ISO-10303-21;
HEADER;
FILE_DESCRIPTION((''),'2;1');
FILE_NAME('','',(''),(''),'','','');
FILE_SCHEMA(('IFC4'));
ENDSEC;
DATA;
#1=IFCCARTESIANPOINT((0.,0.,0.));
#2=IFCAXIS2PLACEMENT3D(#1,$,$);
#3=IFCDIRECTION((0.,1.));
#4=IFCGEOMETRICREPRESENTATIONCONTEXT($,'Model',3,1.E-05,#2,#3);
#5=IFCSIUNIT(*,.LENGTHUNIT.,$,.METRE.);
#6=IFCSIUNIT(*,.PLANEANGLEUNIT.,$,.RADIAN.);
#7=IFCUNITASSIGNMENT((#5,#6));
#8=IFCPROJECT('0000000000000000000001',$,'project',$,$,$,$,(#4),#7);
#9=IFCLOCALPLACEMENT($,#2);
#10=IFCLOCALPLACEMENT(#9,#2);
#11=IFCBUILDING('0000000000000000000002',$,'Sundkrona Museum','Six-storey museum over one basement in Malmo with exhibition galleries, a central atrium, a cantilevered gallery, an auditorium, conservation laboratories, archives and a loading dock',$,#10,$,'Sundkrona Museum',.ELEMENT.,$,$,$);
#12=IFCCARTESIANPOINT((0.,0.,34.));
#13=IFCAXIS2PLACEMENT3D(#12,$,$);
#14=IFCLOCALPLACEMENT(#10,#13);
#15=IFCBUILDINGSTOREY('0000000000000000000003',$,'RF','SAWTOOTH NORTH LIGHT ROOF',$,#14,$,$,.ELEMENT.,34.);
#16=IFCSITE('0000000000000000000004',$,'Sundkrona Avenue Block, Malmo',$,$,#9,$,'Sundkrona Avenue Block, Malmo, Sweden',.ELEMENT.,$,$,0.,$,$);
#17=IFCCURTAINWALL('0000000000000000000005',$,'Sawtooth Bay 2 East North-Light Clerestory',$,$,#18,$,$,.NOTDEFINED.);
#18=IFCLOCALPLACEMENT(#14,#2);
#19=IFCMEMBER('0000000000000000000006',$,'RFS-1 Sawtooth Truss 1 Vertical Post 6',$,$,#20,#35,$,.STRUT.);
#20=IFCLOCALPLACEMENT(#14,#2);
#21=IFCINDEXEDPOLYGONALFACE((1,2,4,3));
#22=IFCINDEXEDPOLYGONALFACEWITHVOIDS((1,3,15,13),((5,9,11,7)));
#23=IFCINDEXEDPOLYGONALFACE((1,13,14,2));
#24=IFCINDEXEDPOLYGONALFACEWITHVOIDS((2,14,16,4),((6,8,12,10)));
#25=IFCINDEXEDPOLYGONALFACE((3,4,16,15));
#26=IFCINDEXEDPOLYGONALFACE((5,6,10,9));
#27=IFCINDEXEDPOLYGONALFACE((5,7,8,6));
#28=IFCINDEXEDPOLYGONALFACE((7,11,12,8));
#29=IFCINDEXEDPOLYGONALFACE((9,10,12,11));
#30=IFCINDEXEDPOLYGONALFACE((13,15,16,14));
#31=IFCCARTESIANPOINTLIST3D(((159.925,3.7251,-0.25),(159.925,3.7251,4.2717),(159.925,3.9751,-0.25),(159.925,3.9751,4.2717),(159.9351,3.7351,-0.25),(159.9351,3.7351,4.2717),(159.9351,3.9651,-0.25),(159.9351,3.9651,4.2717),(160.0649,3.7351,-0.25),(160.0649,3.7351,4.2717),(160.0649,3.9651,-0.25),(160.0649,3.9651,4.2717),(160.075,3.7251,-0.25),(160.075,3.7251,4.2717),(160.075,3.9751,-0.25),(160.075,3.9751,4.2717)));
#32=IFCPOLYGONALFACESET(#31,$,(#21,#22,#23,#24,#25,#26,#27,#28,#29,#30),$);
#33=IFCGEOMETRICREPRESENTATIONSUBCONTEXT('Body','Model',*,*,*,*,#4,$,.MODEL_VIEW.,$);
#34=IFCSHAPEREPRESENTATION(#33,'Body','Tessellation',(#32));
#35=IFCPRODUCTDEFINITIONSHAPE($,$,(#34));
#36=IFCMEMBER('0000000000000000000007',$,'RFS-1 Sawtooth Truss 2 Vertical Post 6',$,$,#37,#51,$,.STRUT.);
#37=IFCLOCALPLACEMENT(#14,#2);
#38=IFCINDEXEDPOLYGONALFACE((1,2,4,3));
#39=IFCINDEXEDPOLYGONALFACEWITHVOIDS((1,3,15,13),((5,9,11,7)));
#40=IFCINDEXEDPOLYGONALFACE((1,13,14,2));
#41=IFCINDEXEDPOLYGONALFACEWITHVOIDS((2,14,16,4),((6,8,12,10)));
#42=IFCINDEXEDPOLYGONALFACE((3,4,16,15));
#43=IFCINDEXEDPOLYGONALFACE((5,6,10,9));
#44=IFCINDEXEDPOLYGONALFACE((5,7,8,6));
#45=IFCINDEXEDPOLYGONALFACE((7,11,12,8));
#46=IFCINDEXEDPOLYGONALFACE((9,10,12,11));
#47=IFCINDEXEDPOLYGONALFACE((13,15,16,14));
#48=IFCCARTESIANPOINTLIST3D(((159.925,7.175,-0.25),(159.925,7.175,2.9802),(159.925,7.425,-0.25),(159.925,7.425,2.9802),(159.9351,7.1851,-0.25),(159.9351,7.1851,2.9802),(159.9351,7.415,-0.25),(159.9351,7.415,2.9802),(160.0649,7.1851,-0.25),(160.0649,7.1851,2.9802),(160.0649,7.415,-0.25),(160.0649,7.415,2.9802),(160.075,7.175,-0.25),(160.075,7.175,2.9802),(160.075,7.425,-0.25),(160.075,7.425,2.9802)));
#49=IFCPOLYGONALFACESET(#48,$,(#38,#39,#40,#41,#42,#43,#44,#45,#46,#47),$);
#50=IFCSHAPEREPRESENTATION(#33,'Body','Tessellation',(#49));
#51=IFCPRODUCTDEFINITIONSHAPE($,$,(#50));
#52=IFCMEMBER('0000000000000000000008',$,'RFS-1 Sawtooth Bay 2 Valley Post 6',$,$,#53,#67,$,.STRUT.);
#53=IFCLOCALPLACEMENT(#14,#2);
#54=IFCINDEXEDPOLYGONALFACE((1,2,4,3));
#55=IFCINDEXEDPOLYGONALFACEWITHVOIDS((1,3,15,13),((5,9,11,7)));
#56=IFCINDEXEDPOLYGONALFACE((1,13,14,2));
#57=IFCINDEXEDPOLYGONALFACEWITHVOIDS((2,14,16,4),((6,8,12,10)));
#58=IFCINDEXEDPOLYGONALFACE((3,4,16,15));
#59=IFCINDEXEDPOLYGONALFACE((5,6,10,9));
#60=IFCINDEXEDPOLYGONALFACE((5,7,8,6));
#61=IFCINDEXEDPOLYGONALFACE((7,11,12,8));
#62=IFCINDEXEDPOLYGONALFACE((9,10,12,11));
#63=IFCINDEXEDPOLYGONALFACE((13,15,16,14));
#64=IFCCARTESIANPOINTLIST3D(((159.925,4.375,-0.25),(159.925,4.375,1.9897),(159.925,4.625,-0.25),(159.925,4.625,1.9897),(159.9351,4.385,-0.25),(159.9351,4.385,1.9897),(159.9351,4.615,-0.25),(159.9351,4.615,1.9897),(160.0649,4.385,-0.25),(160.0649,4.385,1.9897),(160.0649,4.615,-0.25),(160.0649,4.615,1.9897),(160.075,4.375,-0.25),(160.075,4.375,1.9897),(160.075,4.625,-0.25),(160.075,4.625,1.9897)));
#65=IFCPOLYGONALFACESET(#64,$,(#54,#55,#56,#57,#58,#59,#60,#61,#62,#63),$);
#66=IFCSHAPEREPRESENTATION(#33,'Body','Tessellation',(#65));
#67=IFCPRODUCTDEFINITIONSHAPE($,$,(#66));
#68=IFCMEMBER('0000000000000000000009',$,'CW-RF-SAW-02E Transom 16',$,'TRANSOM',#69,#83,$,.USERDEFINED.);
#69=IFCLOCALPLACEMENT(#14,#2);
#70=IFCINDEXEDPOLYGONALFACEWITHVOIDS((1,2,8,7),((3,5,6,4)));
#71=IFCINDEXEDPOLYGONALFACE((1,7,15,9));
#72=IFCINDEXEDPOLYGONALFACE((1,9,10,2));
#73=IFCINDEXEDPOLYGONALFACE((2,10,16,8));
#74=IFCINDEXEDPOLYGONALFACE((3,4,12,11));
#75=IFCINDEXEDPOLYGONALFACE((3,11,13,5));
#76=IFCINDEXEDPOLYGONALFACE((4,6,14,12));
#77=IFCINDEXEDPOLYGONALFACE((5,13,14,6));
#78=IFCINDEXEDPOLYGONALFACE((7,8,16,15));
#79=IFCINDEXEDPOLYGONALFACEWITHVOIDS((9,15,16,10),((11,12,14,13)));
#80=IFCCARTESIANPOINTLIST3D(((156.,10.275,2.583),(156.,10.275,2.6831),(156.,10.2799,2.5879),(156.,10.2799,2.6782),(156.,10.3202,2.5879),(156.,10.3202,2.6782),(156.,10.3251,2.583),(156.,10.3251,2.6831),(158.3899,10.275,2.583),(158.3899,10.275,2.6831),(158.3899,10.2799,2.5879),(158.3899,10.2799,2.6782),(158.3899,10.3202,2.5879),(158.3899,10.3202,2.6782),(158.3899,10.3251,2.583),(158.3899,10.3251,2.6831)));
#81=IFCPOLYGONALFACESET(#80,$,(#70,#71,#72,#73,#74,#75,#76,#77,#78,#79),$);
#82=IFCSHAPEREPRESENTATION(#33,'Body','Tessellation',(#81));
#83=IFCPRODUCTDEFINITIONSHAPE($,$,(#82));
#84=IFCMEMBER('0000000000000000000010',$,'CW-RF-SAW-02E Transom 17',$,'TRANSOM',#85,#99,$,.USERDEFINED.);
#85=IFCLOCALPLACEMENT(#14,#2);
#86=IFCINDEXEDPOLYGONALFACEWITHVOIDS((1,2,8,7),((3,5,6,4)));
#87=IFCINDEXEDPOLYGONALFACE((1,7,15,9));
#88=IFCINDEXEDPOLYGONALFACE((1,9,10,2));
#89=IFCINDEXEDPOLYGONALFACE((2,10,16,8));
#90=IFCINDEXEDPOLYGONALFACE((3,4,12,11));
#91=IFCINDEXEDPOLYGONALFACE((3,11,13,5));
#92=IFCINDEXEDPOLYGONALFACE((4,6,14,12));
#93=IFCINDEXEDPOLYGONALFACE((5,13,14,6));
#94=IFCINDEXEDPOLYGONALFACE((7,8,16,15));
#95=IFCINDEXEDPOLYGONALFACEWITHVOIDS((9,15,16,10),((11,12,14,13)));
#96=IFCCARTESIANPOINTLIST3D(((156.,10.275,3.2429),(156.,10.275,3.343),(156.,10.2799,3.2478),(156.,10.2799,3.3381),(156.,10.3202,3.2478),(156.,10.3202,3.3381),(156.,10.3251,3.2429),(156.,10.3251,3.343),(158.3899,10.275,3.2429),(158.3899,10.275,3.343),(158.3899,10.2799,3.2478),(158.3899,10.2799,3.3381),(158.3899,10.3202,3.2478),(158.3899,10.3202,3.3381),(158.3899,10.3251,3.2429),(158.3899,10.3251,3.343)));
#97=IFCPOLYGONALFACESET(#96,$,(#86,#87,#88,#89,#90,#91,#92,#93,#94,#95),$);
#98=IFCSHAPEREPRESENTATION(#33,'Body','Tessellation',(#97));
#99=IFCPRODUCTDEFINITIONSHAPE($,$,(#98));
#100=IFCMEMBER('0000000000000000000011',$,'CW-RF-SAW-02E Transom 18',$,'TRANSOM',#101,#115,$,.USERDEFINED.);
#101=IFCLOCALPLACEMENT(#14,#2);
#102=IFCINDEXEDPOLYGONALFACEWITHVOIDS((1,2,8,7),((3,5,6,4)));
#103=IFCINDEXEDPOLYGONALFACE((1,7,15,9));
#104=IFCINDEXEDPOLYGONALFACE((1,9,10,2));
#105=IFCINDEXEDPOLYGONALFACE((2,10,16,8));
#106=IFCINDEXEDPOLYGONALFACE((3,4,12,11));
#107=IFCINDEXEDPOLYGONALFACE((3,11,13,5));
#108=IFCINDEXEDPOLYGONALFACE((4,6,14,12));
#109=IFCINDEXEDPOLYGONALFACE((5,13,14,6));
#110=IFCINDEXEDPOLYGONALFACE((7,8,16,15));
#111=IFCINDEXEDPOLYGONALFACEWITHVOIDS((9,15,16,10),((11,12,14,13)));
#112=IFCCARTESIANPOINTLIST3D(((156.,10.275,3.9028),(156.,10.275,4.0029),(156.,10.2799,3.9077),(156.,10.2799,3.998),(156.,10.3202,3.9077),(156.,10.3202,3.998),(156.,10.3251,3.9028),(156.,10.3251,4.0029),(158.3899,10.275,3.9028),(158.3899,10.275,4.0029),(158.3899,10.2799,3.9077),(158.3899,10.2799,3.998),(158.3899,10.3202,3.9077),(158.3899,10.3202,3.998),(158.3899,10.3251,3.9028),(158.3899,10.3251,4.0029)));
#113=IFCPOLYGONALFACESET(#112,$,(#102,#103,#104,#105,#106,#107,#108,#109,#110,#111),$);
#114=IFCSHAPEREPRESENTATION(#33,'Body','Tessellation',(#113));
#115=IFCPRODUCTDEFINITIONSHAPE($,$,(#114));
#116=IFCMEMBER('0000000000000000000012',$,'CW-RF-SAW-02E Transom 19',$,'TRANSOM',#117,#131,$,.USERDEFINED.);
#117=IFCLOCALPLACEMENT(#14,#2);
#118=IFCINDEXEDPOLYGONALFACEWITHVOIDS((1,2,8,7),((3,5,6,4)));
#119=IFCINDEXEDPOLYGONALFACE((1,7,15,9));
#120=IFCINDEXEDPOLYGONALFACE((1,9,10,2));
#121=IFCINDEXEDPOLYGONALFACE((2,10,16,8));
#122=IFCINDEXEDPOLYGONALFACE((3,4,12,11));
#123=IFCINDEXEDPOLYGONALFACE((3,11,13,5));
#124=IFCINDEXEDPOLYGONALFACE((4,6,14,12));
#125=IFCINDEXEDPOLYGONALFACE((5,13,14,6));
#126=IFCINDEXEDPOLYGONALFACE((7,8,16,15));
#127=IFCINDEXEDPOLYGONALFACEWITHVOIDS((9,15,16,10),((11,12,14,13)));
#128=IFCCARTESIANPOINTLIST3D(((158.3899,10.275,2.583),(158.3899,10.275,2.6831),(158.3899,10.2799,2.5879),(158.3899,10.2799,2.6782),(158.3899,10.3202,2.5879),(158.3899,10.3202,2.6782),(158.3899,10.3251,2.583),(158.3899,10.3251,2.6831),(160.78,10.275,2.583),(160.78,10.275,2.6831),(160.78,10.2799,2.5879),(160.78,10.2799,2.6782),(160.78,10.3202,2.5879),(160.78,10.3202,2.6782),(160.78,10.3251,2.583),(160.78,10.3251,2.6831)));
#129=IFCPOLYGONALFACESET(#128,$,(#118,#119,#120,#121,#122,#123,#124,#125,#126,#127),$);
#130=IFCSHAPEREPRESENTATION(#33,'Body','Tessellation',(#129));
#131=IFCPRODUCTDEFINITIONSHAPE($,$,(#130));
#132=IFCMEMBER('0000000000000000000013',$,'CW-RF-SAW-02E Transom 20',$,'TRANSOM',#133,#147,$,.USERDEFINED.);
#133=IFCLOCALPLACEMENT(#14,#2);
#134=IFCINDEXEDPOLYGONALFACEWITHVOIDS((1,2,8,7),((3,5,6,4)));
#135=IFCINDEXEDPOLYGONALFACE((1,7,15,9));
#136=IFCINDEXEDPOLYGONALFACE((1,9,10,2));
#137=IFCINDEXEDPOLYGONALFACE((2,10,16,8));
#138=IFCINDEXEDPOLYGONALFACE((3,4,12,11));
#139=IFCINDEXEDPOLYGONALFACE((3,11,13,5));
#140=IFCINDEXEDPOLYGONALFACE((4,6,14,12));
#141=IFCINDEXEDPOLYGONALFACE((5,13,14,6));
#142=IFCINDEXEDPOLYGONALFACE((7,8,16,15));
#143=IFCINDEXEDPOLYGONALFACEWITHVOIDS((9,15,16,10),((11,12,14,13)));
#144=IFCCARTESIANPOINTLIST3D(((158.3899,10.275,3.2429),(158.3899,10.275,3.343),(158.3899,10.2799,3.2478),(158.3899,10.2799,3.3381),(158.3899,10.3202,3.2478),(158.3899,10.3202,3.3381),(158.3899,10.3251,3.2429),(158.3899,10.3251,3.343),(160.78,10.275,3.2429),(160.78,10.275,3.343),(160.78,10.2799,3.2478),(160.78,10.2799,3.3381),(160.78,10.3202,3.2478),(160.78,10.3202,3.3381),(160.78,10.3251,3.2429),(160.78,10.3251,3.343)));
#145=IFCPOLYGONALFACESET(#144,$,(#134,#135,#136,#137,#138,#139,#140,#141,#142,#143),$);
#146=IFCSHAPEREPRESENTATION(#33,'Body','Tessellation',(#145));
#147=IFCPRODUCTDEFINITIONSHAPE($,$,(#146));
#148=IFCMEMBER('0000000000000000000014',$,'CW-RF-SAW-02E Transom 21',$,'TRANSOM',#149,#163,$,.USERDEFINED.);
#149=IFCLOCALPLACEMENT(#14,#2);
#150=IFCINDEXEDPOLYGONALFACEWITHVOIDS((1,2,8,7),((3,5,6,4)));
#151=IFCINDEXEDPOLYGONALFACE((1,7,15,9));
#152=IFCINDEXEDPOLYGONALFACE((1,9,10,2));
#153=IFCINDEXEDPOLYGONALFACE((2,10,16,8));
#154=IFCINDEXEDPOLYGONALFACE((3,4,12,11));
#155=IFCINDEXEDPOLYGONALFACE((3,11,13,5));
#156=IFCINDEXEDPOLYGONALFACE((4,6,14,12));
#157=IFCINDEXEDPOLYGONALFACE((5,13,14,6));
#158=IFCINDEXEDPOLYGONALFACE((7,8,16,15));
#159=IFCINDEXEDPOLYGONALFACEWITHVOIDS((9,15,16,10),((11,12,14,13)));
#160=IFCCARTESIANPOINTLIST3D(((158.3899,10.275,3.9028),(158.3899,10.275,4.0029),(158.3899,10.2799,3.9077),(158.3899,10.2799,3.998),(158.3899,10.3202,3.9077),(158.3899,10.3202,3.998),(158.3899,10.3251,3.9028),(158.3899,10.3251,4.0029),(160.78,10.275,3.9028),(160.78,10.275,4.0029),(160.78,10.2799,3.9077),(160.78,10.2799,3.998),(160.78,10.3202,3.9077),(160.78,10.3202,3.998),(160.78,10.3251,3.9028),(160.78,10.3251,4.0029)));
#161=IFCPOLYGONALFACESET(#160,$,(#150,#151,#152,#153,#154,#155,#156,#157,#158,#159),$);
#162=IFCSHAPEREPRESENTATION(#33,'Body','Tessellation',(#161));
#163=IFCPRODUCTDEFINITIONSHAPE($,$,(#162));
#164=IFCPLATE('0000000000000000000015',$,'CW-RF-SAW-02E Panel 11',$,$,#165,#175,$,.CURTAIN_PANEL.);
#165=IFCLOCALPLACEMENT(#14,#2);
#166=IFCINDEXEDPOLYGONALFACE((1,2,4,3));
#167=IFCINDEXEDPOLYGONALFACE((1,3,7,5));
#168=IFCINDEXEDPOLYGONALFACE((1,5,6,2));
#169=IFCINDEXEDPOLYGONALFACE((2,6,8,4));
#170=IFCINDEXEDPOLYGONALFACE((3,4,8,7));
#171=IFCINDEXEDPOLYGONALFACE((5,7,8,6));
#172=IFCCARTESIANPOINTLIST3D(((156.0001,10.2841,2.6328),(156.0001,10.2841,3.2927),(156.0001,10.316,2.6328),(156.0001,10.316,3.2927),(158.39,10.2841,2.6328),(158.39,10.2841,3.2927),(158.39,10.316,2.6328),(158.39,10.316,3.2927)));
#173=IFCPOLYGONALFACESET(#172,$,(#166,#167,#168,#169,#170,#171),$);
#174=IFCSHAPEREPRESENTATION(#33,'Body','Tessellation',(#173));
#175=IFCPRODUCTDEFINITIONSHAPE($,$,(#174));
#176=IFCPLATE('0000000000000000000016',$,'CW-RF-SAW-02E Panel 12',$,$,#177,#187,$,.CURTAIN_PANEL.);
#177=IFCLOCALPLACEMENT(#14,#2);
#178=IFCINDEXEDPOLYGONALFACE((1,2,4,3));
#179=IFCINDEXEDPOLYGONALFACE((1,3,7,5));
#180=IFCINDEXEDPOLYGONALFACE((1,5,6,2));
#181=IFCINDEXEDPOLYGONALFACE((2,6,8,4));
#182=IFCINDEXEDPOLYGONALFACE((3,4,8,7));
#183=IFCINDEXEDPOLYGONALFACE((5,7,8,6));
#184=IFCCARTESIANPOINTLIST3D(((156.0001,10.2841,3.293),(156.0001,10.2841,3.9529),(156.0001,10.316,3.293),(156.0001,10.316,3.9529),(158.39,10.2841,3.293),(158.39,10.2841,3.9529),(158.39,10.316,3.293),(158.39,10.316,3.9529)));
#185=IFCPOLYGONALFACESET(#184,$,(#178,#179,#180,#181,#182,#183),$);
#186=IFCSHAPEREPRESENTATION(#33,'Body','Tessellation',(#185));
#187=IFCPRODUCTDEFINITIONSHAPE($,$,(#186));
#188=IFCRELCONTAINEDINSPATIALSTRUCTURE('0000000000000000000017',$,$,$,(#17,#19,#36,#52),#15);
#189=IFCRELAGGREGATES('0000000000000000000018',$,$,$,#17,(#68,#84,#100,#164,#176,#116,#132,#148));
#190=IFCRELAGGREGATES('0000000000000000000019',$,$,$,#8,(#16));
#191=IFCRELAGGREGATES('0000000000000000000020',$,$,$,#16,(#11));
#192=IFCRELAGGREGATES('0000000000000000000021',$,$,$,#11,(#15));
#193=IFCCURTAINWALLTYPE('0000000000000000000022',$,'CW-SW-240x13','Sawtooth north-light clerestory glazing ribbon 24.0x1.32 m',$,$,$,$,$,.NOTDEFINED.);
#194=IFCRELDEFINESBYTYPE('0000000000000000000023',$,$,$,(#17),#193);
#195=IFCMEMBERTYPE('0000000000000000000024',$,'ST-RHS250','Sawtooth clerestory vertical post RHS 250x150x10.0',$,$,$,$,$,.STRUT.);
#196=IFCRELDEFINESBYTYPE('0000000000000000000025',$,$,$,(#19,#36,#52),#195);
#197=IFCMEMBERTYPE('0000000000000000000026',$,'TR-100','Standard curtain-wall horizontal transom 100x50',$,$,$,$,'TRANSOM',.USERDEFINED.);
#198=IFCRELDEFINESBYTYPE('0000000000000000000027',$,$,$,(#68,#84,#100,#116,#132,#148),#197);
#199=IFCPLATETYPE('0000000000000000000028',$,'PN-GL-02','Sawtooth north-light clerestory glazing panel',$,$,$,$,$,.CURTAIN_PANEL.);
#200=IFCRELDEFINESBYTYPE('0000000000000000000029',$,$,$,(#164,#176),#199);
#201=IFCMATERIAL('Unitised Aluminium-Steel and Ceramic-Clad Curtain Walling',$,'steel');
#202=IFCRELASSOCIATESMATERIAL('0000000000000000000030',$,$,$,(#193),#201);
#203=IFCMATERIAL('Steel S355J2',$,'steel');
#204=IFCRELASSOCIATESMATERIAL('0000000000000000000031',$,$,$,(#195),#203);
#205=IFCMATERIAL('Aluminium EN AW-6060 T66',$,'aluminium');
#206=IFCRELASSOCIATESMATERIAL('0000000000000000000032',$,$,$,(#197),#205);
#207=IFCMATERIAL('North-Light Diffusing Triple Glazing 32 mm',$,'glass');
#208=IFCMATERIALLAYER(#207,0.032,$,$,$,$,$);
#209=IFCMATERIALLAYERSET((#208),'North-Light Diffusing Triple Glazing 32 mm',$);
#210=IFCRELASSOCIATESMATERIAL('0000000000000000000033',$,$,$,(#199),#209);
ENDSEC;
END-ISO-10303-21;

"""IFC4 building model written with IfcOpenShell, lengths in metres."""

from ifc_helpers import new_model, si_unit, direction, frame, origin, origin_2d, place, context, subcontext, project, spatial, rectangle, hollow_rectangle, extrude, material, layer, layer_set, material_profile, profile_set, type_object, element, aggregate, save


model = new_model("IFC4")

# Units and contexts
model_context = context("Model", 3, precision=1e-05, world=origin(), true_north=direction((0.0, 1.0)))
body_context = subcontext(model_context, "Body", "Model", "MODEL_VIEW")
ifc_project = project(units=[si_unit("LENGTHUNIT", "METRE"), si_unit("PLANEANGLEUNIT", "RADIAN")], contexts=[model_context])

# Site, building, storey
site_placement = place(None, origin())
site = spatial("IfcSite", under=ifc_project, at=site_placement, Name="Sundkrona Avenue Block, Malmo", LongName="Sundkrona Avenue Block, Malmo, Sweden", CompositionType="ELEMENT", RefElevation=0.0)
building_placement = place(site_placement, origin())
building = spatial("IfcBuilding", under=site, at=building_placement, Name="Sundkrona Museum", Description="Six-storey museum over one basement in Malmo with exhibition galleries, a central atrium, a cantilevered gallery, an auditorium, conservation laboratories, archives and a loading dock", LongName="Sundkrona Museum", CompositionType="ELEMENT")
storey_placement = place(building_placement, frame((0.0, 0.0, 34.0)))
storey = spatial("IfcBuildingStorey", under=building, at=storey_placement, Name="RF", Description="SAWTOOTH NORTH LIGHT ROOF", CompositionType="ELEMENT", Elevation=34.0)

# Curtain wall
ifc_material_1 = material(Name="Unitised Aluminium-Steel and Ceramic-Clad Curtain Walling", Category="steel")
curtain_wall_type = type_object("IfcCurtainWallType", Name="CW-SW-240x13", Description="Sawtooth north-light clerestory glazing ribbon 24.0x1.32 m", PredefinedType="NOTDEFINED", material=ifc_material_1)
curtain_wall_placement = place(storey_placement, origin())
curtain_wall = element("IfcCurtainWall", 1, at=curtain_wall_placement, inside=storey, type_object=curtain_wall_type, Name="Sawtooth Bay 2 East North-Light Clerestory", PredefinedType="NOTDEFINED")
ifc_material_2 = material(Name="Aluminium EN AW-6060 T66", Category="aluminium")

# Members
ifc_material_3 = material(Name="Steel S355J2", Category="steel")
ifc_material_profile_1 = material_profile(ifc_material_3, hollow_rectangle(XDim=0.1499, YDim=0.25, WallThickness=0.01, at=origin_2d()), Name="RHS 250x150x10.0")
ifc_profile_set_1 = profile_set([ifc_material_profile_1], Name="Steel S355J2")
member_type_1 = type_object("IfcMemberType", Name="ST-RHS250", Description="Sawtooth clerestory vertical post RHS 250x150x10.0", PredefinedType="STRUT", material=ifc_profile_set_1)
member_1_placement = place(storey_placement, frame((160.0, 3.8501, -0.25), z_axis=(0.0, 0.0, 1.0), x_axis=(1.0, 0.0, 0.0)))
element("IfcMember", 2, at=member_1_placement, inside=storey, type_object=member_type_1, Name="RFS-1 Sawtooth Truss 1 Vertical Post 6", PredefinedType="STRUT", context=body_context, shape_type="SweptSolid", body=[
    extrude(hollow_rectangle(XDim=0.1499, YDim=0.25, WallThickness=0.01, at=origin_2d()), origin(), (0.0, 0.0, 1.0), 4.5217),
])
member_2_placement = place(storey_placement, frame((160.0, 7.3, -0.25), z_axis=(0.0, 0.0, 1.0), x_axis=(1.0, 0.0, 0.0)))
element("IfcMember", 3, at=member_2_placement, inside=storey, type_object=member_type_1, Name="RFS-1 Sawtooth Truss 2 Vertical Post 6", PredefinedType="STRUT", context=body_context, shape_type="SweptSolid", body=[
    extrude(hollow_rectangle(XDim=0.1499, YDim=0.25, WallThickness=0.01, at=origin_2d()), origin(), (0.0, 0.0, 1.0), 3.2302),
])
member_3_placement = place(storey_placement, frame((160.0, 4.5, -0.25), z_axis=(0.0, 0.0, 1.0), x_axis=(1.0, 0.0, 0.0)))
element("IfcMember", 4, at=member_3_placement, inside=storey, type_object=member_type_1, Name="RFS-1 Sawtooth Bay 2 Valley Post 6", PredefinedType="STRUT", context=body_context, shape_type="SweptSolid", body=[
    extrude(hollow_rectangle(XDim=0.1499, YDim=0.25, WallThickness=0.01, at=origin_2d()), origin(), (0.0, 0.0, 1.0), 2.2397),
])

# Members
ifc_material_profile_2 = material_profile(ifc_material_2, hollow_rectangle(XDim=0.05, YDim=0.1001, WallThickness=0.0049, at=origin_2d()), Name="RHS 100x50x5.0")
ifc_profile_set_2 = profile_set([ifc_material_profile_2], Name="Aluminium EN AW-6060 T66")
member_type_2 = type_object("IfcMemberType", Name="TR-100", Description="Standard curtain-wall horizontal transom 100x50", ElementType="TRANSOM", PredefinedType="USERDEFINED", material=ifc_profile_set_2)
member_4_placement = place(storey_placement, frame((156.0, 10.3, 2.6331), z_axis=(1.0, 0.0, 0.0), x_axis=(0.0, 1.0, 0.0)))
member_4 = element("IfcMember", 5, at=member_4_placement, type_object=member_type_2, Name="CW-RF-SAW-02E Transom 16", ObjectType="TRANSOM", PredefinedType="USERDEFINED", context=body_context, shape_type="SweptSolid", body=[
    extrude(hollow_rectangle(XDim=0.05, YDim=0.1001, WallThickness=0.0049, at=origin_2d()), origin(), (0.0, 0.0, 1.0), 2.3899),
])
member_5_placement = place(storey_placement, frame((156.0, 10.3, 3.293), z_axis=(1.0, 0.0, 0.0), x_axis=(0.0, 1.0, 0.0)))
member_5 = element("IfcMember", 6, at=member_5_placement, type_object=member_type_2, Name="CW-RF-SAW-02E Transom 17", ObjectType="TRANSOM", PredefinedType="USERDEFINED", context=body_context, shape_type="SweptSolid", body=[
    extrude(hollow_rectangle(XDim=0.05, YDim=0.1001, WallThickness=0.0049, at=origin_2d()), origin(), (0.0, 0.0, 1.0), 2.3899),
])
member_6_placement = place(storey_placement, frame((156.0, 10.3, 3.9529), z_axis=(1.0, 0.0, 0.0), x_axis=(0.0, 1.0, 0.0)))
member_6 = element("IfcMember", 7, at=member_6_placement, type_object=member_type_2, Name="CW-RF-SAW-02E Transom 18", ObjectType="TRANSOM", PredefinedType="USERDEFINED", context=body_context, shape_type="SweptSolid", body=[
    extrude(hollow_rectangle(XDim=0.05, YDim=0.1001, WallThickness=0.0049, at=origin_2d()), origin(), (0.0, 0.0, 1.0), 2.3899),
])
member_7_placement = place(storey_placement, frame((158.3899, 10.3, 2.6331), z_axis=(1.0, 0.0, 0.0), x_axis=(0.0, 1.0, 0.0)))
member_7 = element("IfcMember", 8, at=member_7_placement, type_object=member_type_2, Name="CW-RF-SAW-02E Transom 19", ObjectType="TRANSOM", PredefinedType="USERDEFINED", context=body_context, shape_type="SweptSolid", body=[
    extrude(hollow_rectangle(XDim=0.05, YDim=0.1001, WallThickness=0.0049, at=origin_2d()), origin(), (0.0, 0.0, 1.0), 2.3901),
])
member_8_placement = place(storey_placement, frame((158.3899, 10.3, 3.293), z_axis=(1.0, 0.0, 0.0), x_axis=(0.0, 1.0, 0.0)))
member_8 = element("IfcMember", 9, at=member_8_placement, type_object=member_type_2, Name="CW-RF-SAW-02E Transom 20", ObjectType="TRANSOM", PredefinedType="USERDEFINED", context=body_context, shape_type="SweptSolid", body=[
    extrude(hollow_rectangle(XDim=0.05, YDim=0.1001, WallThickness=0.0049, at=origin_2d()), origin(), (0.0, 0.0, 1.0), 2.3901),
])
member_9_placement = place(storey_placement, frame((158.3899, 10.3, 3.9529), z_axis=(1.0, 0.0, 0.0), x_axis=(0.0, 1.0, 0.0)))
member_9 = element("IfcMember", 10, at=member_9_placement, type_object=member_type_2, Name="CW-RF-SAW-02E Transom 21", ObjectType="TRANSOM", PredefinedType="USERDEFINED", context=body_context, shape_type="SweptSolid", body=[
    extrude(hollow_rectangle(XDim=0.05, YDim=0.1001, WallThickness=0.0049, at=origin_2d()), origin(), (0.0, 0.0, 1.0), 2.3901),
])

# Plates
ifc_material_4 = material(Name="North-Light Diffusing Triple Glazing 32 mm", Category="glass")
ifc_layer = layer(ifc_material_4, 0.032)
ifc_layer_set = layer_set([ifc_layer], Name="North-Light Diffusing Triple Glazing 32 mm")
plate_type = type_object("IfcPlateType", Name="PN-GL-02", Description="Sawtooth north-light clerestory glazing panel", PredefinedType="CURTAIN_PANEL", material=ifc_layer_set)
plate_1_placement = place(storey_placement, frame((157.1951, 10.3, 2.6328), z_axis=(0.0, 0.0, 1.0), x_axis=(1.0, 0.0, 0.0)))
plate_1 = element("IfcPlate", 11, at=plate_1_placement, type_object=plate_type, Name="CW-RF-SAW-02E Panel 11", PredefinedType="CURTAIN_PANEL", context=body_context, shape_type="SweptSolid", body=[
    extrude(rectangle(XDim=2.3899, YDim=0.032, at=origin_2d()), origin(), (0.0, 0.0, 1.0), 0.6599),
])
plate_2_placement = place(storey_placement, frame((157.1951, 10.3, 3.293), z_axis=(0.0, 0.0, 1.0), x_axis=(1.0, 0.0, 0.0)))
plate_2 = element("IfcPlate", 12, at=plate_2_placement, type_object=plate_type, Name="CW-RF-SAW-02E Panel 12", PredefinedType="CURTAIN_PANEL", context=body_context, shape_type="SweptSolid", body=[
    extrude(rectangle(XDim=2.3899, YDim=0.032, at=origin_2d()), origin(), (0.0, 0.0, 1.0), 0.6599),
])
aggregate(curtain_wall, [member_4, member_5, member_6, plate_1, plate_2, member_7, member_8, member_9])

save(model, "model.ifc")
